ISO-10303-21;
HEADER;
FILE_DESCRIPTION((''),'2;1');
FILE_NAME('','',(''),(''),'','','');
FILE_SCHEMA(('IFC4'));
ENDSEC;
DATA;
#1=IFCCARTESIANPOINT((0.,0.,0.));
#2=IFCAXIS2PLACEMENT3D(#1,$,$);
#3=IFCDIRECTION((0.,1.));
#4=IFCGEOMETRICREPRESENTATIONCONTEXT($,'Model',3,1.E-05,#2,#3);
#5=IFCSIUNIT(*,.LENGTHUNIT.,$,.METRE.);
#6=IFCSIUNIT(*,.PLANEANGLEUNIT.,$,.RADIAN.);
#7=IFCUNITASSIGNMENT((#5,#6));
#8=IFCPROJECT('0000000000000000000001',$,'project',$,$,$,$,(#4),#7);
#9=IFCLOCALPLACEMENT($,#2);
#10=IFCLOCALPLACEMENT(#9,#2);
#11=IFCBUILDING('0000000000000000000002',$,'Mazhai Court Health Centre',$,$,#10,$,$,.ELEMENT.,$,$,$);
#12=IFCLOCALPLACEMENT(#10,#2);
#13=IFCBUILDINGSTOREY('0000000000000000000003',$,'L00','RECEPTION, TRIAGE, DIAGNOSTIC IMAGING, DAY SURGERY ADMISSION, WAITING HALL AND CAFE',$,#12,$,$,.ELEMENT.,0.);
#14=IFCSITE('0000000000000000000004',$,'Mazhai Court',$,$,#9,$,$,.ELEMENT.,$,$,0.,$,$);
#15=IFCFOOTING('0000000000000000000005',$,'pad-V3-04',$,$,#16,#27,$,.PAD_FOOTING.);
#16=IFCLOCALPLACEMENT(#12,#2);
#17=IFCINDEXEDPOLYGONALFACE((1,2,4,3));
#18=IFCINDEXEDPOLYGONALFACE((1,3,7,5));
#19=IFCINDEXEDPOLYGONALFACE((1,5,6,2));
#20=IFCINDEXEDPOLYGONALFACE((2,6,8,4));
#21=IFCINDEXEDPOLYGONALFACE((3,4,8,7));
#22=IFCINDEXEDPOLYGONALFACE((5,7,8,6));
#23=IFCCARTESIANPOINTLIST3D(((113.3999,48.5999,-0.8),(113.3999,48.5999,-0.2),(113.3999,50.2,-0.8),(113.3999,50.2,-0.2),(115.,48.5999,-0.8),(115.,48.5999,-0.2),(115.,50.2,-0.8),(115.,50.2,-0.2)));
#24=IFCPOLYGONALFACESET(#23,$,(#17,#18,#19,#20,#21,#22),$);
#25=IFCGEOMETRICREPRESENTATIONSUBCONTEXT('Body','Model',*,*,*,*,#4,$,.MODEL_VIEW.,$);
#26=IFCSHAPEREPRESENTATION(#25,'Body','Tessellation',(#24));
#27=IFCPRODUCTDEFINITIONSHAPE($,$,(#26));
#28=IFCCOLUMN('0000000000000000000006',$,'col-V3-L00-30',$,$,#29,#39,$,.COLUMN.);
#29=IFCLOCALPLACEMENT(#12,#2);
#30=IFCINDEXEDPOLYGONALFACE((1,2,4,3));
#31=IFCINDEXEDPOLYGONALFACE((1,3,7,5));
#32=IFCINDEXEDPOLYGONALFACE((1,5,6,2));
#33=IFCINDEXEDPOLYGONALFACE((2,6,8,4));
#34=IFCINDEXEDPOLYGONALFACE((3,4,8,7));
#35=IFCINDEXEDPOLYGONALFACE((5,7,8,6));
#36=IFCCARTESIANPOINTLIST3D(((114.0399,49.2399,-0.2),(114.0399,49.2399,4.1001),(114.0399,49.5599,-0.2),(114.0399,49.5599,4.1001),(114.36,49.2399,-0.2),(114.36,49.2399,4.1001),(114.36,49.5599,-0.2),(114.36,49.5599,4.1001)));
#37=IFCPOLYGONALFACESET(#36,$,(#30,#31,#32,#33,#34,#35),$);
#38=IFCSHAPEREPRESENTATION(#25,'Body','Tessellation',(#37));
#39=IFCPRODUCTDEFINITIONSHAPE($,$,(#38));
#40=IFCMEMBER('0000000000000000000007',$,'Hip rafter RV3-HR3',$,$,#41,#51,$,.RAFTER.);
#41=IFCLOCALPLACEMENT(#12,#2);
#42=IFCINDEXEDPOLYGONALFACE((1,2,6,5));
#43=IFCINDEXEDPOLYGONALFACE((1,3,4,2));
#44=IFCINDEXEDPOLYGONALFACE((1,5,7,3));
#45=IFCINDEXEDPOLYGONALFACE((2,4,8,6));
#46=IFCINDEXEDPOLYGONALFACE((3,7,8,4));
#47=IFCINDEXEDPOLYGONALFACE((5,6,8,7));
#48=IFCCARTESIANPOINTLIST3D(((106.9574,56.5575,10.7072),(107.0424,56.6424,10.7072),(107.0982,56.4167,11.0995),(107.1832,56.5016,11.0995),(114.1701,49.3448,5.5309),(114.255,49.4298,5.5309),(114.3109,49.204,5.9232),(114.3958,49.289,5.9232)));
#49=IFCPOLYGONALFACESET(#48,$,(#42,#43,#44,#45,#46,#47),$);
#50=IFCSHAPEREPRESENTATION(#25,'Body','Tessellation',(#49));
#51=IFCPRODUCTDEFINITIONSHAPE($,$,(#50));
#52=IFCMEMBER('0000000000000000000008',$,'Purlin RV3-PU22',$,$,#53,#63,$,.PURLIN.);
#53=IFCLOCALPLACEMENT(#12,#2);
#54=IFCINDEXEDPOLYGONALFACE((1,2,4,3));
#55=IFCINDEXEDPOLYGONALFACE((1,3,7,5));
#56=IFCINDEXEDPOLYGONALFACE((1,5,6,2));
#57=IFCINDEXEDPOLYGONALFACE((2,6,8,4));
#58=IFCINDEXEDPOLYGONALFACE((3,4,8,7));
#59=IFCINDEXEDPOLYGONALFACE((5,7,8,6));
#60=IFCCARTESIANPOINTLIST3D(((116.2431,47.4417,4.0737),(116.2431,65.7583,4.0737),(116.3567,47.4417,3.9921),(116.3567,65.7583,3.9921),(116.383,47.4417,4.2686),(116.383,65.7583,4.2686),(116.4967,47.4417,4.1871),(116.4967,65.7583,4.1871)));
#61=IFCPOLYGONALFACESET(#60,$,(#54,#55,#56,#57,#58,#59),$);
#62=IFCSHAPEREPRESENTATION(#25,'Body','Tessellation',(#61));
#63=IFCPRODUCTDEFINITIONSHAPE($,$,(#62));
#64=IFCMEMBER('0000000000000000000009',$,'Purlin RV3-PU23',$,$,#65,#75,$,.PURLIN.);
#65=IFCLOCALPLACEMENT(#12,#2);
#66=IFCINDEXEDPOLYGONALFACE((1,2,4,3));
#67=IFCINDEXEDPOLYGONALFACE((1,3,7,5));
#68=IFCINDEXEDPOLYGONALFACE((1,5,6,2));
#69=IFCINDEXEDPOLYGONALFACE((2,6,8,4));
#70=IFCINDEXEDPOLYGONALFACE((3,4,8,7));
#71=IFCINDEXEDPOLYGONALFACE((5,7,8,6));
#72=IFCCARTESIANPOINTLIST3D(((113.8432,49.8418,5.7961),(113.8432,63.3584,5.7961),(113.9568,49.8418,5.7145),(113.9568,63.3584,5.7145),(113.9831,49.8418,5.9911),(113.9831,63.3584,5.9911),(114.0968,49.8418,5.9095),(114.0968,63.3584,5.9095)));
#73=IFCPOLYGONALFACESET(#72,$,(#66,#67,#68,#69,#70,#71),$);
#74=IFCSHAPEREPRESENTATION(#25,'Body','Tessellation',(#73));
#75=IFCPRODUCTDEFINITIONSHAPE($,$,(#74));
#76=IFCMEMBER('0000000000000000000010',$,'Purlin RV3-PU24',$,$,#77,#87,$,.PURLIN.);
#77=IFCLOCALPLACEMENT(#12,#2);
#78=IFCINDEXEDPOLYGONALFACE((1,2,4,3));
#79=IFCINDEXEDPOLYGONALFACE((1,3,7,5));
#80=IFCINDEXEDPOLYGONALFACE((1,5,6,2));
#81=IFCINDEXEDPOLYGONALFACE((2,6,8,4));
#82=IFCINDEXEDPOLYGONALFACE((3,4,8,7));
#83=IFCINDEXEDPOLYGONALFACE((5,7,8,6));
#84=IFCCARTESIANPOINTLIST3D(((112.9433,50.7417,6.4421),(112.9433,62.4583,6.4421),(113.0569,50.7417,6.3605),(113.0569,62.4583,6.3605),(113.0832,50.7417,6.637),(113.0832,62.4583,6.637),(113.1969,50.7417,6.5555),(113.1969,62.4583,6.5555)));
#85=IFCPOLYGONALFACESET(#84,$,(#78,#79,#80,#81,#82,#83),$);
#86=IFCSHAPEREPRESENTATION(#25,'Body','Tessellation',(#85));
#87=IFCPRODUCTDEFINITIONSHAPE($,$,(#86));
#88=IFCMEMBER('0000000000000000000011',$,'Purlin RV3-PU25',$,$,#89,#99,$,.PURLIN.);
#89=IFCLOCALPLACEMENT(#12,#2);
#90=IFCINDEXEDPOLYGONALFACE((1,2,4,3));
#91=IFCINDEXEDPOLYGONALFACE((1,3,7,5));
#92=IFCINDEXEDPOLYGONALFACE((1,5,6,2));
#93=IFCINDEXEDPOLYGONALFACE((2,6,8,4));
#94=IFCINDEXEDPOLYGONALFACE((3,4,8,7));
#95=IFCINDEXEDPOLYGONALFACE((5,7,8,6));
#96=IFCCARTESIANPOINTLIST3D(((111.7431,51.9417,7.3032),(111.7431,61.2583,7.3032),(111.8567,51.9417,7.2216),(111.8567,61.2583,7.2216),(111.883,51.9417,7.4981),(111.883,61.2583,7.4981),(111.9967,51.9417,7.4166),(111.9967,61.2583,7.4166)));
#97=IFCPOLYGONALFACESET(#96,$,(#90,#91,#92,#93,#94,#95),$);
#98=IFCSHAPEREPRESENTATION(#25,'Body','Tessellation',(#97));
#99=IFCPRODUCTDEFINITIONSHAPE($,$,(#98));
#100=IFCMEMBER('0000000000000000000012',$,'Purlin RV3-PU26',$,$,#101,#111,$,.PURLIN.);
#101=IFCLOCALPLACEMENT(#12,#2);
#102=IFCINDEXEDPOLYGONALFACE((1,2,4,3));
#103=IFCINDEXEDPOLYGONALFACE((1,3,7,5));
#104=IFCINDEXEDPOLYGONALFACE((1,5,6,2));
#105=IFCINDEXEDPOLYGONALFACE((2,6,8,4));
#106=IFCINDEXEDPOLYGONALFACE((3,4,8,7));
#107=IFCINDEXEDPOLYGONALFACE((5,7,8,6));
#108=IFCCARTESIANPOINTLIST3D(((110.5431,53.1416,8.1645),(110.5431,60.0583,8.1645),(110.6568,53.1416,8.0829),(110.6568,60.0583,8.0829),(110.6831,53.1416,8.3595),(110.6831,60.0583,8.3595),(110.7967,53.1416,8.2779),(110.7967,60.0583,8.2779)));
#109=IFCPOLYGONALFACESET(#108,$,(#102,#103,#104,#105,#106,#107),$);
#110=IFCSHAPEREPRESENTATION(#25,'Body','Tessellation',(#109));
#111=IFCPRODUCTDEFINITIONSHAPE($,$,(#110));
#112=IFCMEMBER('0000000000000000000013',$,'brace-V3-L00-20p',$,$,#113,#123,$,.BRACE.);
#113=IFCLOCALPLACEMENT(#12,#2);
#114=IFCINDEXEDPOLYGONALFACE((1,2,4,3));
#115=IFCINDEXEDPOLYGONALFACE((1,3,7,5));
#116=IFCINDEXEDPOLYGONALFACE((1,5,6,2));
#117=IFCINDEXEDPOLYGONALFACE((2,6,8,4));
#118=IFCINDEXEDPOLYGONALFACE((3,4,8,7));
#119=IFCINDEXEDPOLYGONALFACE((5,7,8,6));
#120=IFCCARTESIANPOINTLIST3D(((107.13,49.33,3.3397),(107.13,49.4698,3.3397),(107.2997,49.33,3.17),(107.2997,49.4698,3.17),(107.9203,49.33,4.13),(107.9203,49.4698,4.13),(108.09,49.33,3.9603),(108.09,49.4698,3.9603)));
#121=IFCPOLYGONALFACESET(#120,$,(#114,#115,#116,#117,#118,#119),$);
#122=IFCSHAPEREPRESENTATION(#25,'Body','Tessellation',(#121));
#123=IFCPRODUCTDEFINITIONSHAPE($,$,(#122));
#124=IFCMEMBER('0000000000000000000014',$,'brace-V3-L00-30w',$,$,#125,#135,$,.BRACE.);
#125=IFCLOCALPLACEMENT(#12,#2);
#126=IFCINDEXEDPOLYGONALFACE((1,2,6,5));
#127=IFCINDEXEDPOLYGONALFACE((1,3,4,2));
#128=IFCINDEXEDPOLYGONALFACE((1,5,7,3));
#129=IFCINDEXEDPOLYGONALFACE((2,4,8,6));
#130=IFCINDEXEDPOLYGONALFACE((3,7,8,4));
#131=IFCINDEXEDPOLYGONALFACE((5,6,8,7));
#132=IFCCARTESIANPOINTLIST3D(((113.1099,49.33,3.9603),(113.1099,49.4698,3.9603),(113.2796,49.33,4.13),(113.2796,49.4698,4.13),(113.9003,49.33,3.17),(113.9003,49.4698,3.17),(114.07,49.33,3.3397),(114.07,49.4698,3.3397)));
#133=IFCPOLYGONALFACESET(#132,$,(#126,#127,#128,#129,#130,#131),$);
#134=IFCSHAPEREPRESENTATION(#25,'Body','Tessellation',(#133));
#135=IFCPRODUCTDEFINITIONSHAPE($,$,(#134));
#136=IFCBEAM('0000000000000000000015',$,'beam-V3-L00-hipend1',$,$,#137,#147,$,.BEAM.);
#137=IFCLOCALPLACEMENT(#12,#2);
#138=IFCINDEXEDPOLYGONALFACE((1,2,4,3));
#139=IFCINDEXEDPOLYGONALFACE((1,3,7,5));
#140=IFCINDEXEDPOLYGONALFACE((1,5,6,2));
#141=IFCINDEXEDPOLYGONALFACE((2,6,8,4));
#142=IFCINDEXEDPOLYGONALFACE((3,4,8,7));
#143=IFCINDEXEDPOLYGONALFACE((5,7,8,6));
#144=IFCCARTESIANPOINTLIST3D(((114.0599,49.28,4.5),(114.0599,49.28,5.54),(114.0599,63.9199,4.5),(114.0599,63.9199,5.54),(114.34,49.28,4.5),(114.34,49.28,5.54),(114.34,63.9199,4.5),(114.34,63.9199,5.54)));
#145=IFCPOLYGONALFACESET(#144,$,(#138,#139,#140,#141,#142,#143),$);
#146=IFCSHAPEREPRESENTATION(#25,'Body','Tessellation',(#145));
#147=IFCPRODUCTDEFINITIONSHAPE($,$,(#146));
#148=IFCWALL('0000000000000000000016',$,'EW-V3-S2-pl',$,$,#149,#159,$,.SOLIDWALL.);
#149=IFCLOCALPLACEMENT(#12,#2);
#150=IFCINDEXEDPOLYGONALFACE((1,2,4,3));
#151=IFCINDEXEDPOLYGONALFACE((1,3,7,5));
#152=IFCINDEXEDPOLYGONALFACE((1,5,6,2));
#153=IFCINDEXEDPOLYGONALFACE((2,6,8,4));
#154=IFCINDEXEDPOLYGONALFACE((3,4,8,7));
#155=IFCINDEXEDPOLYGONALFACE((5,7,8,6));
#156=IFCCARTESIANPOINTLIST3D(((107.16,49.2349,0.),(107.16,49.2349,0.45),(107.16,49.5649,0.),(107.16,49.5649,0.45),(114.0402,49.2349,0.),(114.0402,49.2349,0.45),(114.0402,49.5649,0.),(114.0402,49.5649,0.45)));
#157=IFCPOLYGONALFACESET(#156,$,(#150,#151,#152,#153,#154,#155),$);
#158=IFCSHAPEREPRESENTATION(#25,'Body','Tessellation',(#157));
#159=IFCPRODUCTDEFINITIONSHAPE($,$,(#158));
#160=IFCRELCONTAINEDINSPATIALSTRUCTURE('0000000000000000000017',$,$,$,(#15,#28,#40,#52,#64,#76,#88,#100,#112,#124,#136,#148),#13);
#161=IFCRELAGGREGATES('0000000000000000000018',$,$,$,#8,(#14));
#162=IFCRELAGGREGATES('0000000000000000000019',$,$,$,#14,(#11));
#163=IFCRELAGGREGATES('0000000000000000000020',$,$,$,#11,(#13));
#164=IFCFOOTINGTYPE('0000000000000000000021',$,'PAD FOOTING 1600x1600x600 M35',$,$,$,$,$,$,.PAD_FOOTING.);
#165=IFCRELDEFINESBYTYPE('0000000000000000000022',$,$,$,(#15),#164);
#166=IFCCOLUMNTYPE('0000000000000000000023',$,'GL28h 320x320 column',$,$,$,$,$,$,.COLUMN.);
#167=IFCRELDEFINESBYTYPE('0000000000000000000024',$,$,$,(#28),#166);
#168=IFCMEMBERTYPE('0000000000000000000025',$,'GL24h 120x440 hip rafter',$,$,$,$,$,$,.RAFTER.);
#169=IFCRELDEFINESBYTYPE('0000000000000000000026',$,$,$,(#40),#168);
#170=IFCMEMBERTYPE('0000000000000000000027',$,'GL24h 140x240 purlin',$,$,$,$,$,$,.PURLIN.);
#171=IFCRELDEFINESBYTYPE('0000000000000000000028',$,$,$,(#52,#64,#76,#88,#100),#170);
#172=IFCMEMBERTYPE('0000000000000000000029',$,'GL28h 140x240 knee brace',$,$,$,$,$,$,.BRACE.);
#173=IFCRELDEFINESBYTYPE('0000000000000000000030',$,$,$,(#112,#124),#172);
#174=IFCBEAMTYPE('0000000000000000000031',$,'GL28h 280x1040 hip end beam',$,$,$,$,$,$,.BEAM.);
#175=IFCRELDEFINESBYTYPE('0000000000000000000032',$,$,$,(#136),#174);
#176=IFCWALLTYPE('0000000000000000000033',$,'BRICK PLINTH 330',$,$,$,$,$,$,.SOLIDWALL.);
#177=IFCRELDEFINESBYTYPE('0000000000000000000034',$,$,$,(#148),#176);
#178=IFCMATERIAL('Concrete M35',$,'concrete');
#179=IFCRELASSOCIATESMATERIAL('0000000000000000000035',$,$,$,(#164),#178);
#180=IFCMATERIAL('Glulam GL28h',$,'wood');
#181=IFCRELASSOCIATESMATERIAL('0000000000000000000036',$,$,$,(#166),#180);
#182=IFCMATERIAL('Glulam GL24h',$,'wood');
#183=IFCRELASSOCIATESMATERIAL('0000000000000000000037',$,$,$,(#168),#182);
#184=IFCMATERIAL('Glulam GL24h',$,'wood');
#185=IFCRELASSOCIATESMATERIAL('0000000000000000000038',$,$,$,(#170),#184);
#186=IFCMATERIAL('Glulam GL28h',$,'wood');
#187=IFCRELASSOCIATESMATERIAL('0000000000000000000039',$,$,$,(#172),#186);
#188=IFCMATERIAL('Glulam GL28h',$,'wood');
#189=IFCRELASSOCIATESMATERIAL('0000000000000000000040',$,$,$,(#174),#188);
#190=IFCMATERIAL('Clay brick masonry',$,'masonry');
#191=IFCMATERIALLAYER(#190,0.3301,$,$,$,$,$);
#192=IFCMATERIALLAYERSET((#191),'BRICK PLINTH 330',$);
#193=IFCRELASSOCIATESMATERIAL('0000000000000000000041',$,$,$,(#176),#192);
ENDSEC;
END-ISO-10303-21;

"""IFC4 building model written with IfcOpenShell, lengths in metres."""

from ifc_helpers import new_model, si_unit, direction, frame, frame_2d, origin, origin_2d, place, context, subcontext, project, spatial, rectangle, extrude, material, layer, layer_set, material_profile, profile_set, type_object, element, save


model = new_model("IFC4")

# Units and contexts
model_context = context("Model", 3, precision=1e-05, world=origin(), true_north=direction((0.0, 1.0)))
body_context = subcontext(model_context, "Body", "Model", "MODEL_VIEW")
ifc_project = project(units=[si_unit("LENGTHUNIT", "METRE"), si_unit("PLANEANGLEUNIT", "RADIAN")], contexts=[model_context])

# Site, building, storey
site_placement = place(None, origin())
site = spatial("IfcSite", under=ifc_project, at=site_placement, Name="Mazhai Court", CompositionType="ELEMENT", RefElevation=0.0)
building_placement = place(site_placement, origin())
building = spatial("IfcBuilding", under=site, at=building_placement, Name="Mazhai Court Health Centre", CompositionType="ELEMENT")
storey_placement = place(building_placement, origin())
storey = spatial("IfcBuildingStorey", under=building, at=storey_placement, Name="L00", Description="RECEPTION, TRIAGE, DIAGNOSTIC IMAGING, DAY SURGERY ADMISSION, WAITING HALL AND CAFE", CompositionType="ELEMENT", Elevation=0.0)

# Footing
ifc_material_1 = material(Name="Concrete M35", Category="concrete")
footing_type = type_object("IfcFootingType", Name="PAD FOOTING 1600x1600x600 M35", PredefinedType="PAD_FOOTING", material=ifc_material_1)
footing_placement = place(storey_placement, frame((114.2, 49.3999, -0.8), z_axis=(0.0, 0.0, 1.0), x_axis=(1.0, 0.0, 0.0)))
element("IfcFooting", 1, at=footing_placement, inside=storey, type_object=footing_type, Name="pad-V3-04", PredefinedType="PAD_FOOTING", context=body_context, shape_type="SweptSolid", body=[
    extrude(rectangle(XDim=1.6001, YDim=1.6001, at=origin_2d()), origin(), (0.0, 0.0, 1.0), 0.6001),
])

# Column
ifc_material_2 = material(Name="Glulam GL28h", Category="wood")
ifc_material_profile_1 = material_profile(ifc_material_2, rectangle(XDim=0.3201, YDim=0.3201, at=origin_2d()), Name="GL28h 320x320")
ifc_profile_set_1 = profile_set([ifc_material_profile_1], Name="Glulam GL28h")
column_type = type_object("IfcColumnType", Name="GL28h 320x320 column", PredefinedType="COLUMN", material=ifc_profile_set_1)
column_placement = place(storey_placement, frame((114.2, 49.3999, -0.2), z_axis=(0.0, 0.0, 1.0), x_axis=(1.0, 0.0, 0.0)))
element("IfcColumn", 2, at=column_placement, inside=storey, type_object=column_type, Name="col-V3-L00-30", PredefinedType="COLUMN", context=body_context, shape_type="SweptSolid", body=[
    extrude(rectangle(XDim=0.3201, YDim=0.3201, at=origin_2d()), origin(), (0.0, 0.0, 1.0), 4.3),
])

# Members
ifc_material_3 = material(Name="Glulam GL24h", Category="wood")
ifc_material_profile_2 = material_profile(ifc_material_3, rectangle(XDim=0.1201, YDim=0.4399, at=origin_2d()), Name="GL24h 120x440")
ifc_profile_set_2 = profile_set([ifc_material_profile_2], Name="Glulam GL24h")
member_type_1 = type_object("IfcMemberType", Name="GL24h 120x440 hip rafter", PredefinedType="RAFTER", material=ifc_profile_set_2)
member_1_placement = place(storey_placement, frame((114.283, 49.3169, 5.7271), z_axis=(-0.630561, 0.630561, 0.452532), x_axis=(-0.707107, -0.707107, 0.0)))
element("IfcMember", 3, at=member_1_placement, inside=storey, type_object=member_type_1, Name="Hip rafter RV3-HR3", PredefinedType="RAFTER", context=body_context, shape_type="SweptSolid", body=[
    extrude(rectangle(XDim=0.1201, YDim=0.4399, at=origin_2d()), origin(), (0.0, 0.0, 1.0), 11.4385),
])
ifc_material_4 = material(Name="Glulam GL24h", Category="wood")
ifc_material_profile_3 = material_profile(ifc_material_4, rectangle(XDim=0.1399, YDim=0.24, at=origin_2d()), Name="GL24h 140x240")
ifc_profile_set_3 = profile_set([ifc_material_profile_3], Name="Glulam GL24h")
member_type_2 = type_object("IfcMemberType", Name="GL24h 140x240 purlin", PredefinedType="PURLIN", material=ifc_profile_set_3)
member_2_placement = place(storey_placement, frame((116.3699, 47.4417, 4.1304), z_axis=(0.0, 1.0, 0.0), x_axis=(-0.812431, 0.0, 0.583057)))
element("IfcMember", 4, at=member_2_placement, inside=storey, type_object=member_type_2, Name="Purlin RV3-PU22", PredefinedType="PURLIN", context=body_context, shape_type="SweptSolid", body=[
    extrude(rectangle(XDim=0.1399, YDim=0.24, at=origin_2d()), origin(), (0.0, 0.0, 1.0), 18.3167),
])
member_3_placement = place(storey_placement, frame((113.97, 49.8418, 5.8528), z_axis=(0.0, 1.0, 0.0), x_axis=(-0.812431, 0.0, 0.583057)))
element("IfcMember", 5, at=member_3_placement, inside=storey, type_object=member_type_2, Name="Purlin RV3-PU23", PredefinedType="PURLIN", context=body_context, shape_type="SweptSolid", body=[
    extrude(rectangle(XDim=0.1399, YDim=0.24, at=origin_2d()), origin(), (0.0, 0.0, 1.0), 13.5166),
])
member_4_placement = place(storey_placement, frame((113.0701, 50.7417, 6.4988), z_axis=(0.0, 1.0, 0.0), x_axis=(-0.812431, 0.0, 0.583057)))
element("IfcMember", 6, at=member_4_placement, inside=storey, type_object=member_type_2, Name="Purlin RV3-PU24", PredefinedType="PURLIN", context=body_context, shape_type="SweptSolid", body=[
    extrude(rectangle(XDim=0.1399, YDim=0.24, at=origin_2d()), origin(), (0.0, 0.0, 1.0), 11.7166),
])
member_5_placement = place(storey_placement, frame((111.8699, 51.9417, 7.3599), z_axis=(0.0, 1.0, 0.0), x_axis=(-0.812431, 0.0, 0.583057)))
element("IfcMember", 7, at=member_5_placement, inside=storey, type_object=member_type_2, Name="Purlin RV3-PU25", PredefinedType="PURLIN", context=body_context, shape_type="SweptSolid", body=[
    extrude(rectangle(XDim=0.1399, YDim=0.24, at=origin_2d()), origin(), (0.0, 0.0, 1.0), 9.3167),
])
member_6_placement = place(storey_placement, frame((110.6699, 53.1416, 8.2212), z_axis=(0.0, 1.0, 0.0), x_axis=(-0.812431, 0.0, 0.583057)))
element("IfcMember", 8, at=member_6_placement, inside=storey, type_object=member_type_2, Name="Purlin RV3-PU26", PredefinedType="PURLIN", context=body_context, shape_type="SweptSolid", body=[
    extrude(rectangle(XDim=0.1399, YDim=0.24, at=origin_2d()), origin(), (0.0, 0.0, 1.0), 6.9167),
])
ifc_material_5 = material(Name="Glulam GL28h", Category="wood")
ifc_material_profile_4 = material_profile(ifc_material_5, rectangle(XDim=0.1399, YDim=0.24, at=origin_2d()), Name="GL28h 140x240")
ifc_profile_set_4 = profile_set([ifc_material_profile_4], Name="Glulam GL28h")
member_type_3 = type_object("IfcMemberType", Name="GL28h 140x240 knee brace", PredefinedType="BRACE", material=ifc_profile_set_4)
for number, where, z_axis, x_axis, name in (
    (9, (107.2148, 49.3999, 3.2549), (0.707107, 0.0, 0.707107), (0.0, 1.0, 0.0), "brace-V3-L00-20p"),
    (10, (113.9851, 49.3999, 3.2549), (-0.707107, 0.0, 0.707107), (0.0, -1.0, 0.0), "brace-V3-L00-30w"),
):
    element("IfcMember", number, at=place(storey_placement, frame(where, z_axis=z_axis, x_axis=x_axis)), inside=storey, type_object=member_type_3, Name=name, PredefinedType="BRACE", context=body_context, shape_type="SweptSolid", body=[
        extrude(rectangle(XDim=0.1399, YDim=0.24, at=origin_2d()), origin(), (0.0, 0.0, 1.0), 1.1177),
    ])

# Beam
ifc_material_6 = material(Name="Glulam GL28h", Category="wood")
ifc_material_profile_5 = material_profile(ifc_material_6, rectangle(XDim=0.28, YDim=1.04, at=origin_2d()), Name="GL28h 280x1040")
ifc_profile_set_5 = profile_set([ifc_material_profile_5], Name="Glulam GL28h")
beam_type = type_object("IfcBeamType", Name="GL28h 280x1040 hip end beam", PredefinedType="BEAM", material=ifc_profile_set_5)
beam_placement = place(storey_placement, frame((114.2, 49.28, 5.02), z_axis=(0.0, 1.0, 0.0), x_axis=(-1.0, 0.0, 0.0)))
element("IfcBeam", 11, at=beam_placement, inside=storey, type_object=beam_type, Name="beam-V3-L00-hipend1", PredefinedType="BEAM", context=body_context, shape_type="SweptSolid", body=[
    extrude(rectangle(XDim=0.28, YDim=1.04, at=origin_2d()), origin(), (0.0, 0.0, 1.0), 14.6399),
])

# Wall
ifc_material_7 = material(Name="Clay brick masonry", Category="masonry")
ifc_layer_1 = layer(ifc_material_7, 0.3301)
ifc_layer_set_1 = layer_set([ifc_layer_1], Name="BRICK PLINTH 330")
wall_type_1 = type_object("IfcWallType", Name="BRICK PLINTH 330", PredefinedType="SOLIDWALL", material=ifc_layer_set_1)
wall_1_placement = place(storey_placement, frame((114.04, 49.3999, 0.0), z_axis=(0.0, 0.0, 1.0), x_axis=(-1.0, 0.0, 0.0)))
element("IfcWall", 12, at=wall_1_placement, inside=storey, type_object=wall_type_1, Name="EW-V3-S2-pl", PredefinedType="SOLIDWALL", context=body_context, shape_type="SweptSolid", body=[
    extrude(rectangle(XDim=6.8801, YDim=0.3301, at=frame_2d((3.4399, 0.0))), origin(), (0.0, 0.0, 1.0), 0.45),
])

save(model, "model.ifc")
